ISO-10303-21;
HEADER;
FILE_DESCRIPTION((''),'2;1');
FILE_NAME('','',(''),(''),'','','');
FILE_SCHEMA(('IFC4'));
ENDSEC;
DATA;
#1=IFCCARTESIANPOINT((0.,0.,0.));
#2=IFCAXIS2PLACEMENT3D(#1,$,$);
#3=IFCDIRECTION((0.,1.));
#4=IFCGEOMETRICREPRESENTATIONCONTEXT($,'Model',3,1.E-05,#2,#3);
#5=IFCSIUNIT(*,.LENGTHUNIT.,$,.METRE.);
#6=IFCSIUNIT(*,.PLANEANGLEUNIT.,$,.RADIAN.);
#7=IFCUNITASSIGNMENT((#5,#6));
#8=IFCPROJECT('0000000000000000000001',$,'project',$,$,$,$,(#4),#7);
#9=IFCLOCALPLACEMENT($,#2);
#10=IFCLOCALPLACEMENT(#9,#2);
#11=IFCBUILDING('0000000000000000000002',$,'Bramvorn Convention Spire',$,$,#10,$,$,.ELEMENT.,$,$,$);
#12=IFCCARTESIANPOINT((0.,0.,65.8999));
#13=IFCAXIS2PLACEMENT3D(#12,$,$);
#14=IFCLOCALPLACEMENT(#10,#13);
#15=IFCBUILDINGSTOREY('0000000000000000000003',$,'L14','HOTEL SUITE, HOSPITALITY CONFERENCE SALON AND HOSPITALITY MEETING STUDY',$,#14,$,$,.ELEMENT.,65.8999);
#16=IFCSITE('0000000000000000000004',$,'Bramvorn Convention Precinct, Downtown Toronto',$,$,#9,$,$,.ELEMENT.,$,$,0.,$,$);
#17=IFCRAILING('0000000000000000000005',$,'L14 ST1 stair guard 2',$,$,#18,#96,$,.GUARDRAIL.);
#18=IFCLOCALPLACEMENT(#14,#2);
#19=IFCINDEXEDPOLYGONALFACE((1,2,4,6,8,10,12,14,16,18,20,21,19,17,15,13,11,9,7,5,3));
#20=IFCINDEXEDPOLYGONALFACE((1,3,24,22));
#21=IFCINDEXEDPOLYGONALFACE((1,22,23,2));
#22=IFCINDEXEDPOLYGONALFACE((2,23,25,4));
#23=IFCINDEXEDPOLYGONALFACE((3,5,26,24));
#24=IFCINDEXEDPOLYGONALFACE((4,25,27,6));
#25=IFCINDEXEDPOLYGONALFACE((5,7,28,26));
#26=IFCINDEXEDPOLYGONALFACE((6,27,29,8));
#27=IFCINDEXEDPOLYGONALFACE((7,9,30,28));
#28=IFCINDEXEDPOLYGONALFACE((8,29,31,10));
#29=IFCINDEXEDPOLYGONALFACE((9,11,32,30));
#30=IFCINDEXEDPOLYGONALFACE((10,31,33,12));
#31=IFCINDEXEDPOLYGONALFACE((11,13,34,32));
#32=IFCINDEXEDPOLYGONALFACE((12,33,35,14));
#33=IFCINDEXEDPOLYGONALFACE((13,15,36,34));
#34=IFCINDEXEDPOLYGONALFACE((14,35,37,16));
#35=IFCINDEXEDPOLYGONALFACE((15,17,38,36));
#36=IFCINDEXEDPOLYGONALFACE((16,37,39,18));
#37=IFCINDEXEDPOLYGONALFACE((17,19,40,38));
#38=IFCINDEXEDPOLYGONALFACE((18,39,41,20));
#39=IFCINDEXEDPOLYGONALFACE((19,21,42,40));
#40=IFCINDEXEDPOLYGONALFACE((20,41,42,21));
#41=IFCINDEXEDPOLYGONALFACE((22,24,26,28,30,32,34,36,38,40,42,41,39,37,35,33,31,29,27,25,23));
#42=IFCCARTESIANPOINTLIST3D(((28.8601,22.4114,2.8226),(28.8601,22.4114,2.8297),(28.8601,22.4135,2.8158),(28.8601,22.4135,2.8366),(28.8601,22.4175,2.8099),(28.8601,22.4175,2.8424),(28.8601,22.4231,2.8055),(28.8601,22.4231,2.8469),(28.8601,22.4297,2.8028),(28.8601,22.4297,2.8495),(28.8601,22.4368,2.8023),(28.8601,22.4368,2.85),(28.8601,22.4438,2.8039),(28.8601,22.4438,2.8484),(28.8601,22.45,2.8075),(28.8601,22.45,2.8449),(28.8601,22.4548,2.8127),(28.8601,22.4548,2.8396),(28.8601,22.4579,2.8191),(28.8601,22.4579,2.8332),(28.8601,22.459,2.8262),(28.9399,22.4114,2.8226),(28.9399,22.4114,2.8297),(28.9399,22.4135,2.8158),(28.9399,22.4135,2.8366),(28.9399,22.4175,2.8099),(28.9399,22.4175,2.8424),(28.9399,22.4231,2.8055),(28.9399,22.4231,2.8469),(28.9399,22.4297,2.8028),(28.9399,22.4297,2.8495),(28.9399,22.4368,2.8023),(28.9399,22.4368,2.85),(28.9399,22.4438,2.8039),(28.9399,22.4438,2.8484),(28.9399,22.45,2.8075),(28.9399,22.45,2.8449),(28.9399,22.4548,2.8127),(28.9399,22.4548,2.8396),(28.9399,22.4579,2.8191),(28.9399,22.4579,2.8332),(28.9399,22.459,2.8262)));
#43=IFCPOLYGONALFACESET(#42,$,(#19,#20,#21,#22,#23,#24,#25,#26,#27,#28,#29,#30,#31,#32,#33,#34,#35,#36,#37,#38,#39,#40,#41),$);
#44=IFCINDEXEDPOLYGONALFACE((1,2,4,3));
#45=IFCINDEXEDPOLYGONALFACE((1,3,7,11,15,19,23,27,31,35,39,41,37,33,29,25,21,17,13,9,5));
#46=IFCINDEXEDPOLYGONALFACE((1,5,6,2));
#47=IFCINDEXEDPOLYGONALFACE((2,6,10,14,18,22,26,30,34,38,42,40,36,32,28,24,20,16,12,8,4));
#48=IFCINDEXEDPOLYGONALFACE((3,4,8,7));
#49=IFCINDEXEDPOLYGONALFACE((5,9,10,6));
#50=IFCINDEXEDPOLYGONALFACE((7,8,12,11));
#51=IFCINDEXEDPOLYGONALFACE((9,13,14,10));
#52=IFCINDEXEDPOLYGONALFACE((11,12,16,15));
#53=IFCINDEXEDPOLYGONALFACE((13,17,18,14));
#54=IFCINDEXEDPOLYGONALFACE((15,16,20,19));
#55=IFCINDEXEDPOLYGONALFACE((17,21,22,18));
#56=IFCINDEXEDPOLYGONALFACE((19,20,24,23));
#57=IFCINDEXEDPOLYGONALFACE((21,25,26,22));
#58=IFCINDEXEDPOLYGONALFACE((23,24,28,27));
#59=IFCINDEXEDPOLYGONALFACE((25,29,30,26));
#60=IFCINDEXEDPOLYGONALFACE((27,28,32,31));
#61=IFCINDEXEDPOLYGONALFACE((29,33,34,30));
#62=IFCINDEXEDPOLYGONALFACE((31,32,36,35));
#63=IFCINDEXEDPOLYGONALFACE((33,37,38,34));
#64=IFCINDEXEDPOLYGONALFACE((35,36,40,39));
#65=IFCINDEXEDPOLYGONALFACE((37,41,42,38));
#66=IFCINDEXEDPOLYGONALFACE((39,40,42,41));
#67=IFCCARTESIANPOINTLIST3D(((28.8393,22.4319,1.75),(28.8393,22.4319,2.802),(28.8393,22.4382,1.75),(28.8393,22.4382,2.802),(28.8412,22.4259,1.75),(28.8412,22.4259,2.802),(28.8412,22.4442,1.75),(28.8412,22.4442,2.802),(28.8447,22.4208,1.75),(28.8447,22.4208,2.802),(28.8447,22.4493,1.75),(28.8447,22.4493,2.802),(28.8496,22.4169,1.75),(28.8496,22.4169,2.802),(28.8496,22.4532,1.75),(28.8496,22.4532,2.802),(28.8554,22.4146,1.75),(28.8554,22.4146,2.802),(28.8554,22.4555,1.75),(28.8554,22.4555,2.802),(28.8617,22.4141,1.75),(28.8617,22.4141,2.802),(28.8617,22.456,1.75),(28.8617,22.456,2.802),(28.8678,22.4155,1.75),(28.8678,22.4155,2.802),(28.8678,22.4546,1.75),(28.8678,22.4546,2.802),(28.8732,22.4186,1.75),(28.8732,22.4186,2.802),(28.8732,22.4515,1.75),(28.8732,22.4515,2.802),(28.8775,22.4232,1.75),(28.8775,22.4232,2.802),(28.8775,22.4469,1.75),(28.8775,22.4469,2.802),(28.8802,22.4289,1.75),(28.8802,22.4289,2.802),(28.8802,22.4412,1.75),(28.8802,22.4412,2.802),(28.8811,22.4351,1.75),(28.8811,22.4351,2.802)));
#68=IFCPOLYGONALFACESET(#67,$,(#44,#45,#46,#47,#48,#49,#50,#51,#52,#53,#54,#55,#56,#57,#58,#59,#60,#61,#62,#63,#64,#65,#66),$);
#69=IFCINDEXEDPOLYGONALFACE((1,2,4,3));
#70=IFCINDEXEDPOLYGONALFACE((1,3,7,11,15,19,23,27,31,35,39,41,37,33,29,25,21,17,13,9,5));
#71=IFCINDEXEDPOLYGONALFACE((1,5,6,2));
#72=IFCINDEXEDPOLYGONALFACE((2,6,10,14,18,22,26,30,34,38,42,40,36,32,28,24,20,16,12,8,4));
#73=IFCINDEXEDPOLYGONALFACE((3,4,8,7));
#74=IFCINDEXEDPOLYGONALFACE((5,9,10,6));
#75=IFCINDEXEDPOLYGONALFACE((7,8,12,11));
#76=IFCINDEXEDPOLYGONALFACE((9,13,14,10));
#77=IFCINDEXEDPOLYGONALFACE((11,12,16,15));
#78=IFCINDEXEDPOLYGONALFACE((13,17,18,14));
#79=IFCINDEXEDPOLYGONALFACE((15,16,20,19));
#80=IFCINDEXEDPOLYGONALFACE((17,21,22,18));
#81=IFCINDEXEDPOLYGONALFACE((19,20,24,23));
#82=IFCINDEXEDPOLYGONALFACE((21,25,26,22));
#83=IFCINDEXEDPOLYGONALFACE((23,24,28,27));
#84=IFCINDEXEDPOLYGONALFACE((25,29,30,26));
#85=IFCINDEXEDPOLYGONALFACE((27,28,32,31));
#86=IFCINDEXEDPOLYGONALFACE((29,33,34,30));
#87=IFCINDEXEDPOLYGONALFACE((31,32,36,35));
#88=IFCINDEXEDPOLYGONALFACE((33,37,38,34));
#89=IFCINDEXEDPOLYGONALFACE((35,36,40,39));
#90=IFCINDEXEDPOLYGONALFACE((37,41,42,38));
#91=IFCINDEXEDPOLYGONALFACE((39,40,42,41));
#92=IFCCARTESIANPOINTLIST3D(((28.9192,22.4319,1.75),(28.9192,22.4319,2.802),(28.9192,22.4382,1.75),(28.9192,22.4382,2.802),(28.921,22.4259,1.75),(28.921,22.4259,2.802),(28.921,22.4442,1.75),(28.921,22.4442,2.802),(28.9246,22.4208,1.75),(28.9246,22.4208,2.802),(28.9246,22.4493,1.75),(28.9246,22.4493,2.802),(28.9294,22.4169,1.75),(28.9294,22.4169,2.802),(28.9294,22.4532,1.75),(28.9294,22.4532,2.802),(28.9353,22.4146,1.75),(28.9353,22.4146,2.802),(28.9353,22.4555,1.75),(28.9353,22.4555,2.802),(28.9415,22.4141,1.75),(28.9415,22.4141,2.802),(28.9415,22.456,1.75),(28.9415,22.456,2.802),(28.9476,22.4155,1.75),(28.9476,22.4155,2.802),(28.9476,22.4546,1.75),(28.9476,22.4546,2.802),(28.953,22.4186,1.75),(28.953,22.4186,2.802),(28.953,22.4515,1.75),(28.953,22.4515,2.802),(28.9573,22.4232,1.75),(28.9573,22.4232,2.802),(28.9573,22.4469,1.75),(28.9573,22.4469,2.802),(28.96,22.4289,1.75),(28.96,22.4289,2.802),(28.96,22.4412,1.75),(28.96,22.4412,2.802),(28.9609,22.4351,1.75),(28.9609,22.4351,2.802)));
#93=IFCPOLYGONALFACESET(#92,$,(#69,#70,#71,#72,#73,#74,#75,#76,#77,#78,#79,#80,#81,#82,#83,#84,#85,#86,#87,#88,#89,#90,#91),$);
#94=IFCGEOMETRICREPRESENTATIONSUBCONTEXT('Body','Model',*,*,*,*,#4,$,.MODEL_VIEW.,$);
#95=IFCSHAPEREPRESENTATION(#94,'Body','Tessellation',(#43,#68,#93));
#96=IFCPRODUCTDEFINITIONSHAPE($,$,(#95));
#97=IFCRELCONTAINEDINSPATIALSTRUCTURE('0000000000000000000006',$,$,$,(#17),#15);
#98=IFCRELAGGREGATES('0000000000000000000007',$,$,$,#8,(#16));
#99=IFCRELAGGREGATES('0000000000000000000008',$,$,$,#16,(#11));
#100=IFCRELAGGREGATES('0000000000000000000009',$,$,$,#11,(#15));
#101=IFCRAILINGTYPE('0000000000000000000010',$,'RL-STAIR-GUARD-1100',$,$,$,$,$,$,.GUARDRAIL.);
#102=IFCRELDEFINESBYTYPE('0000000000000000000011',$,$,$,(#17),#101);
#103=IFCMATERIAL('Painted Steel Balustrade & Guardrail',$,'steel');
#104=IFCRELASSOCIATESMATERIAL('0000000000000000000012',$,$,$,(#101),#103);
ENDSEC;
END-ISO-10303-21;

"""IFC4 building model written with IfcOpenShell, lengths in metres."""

from ifc_helpers import new_model, si_unit, direction, frame, origin, origin_2d, place, context, subcontext, project, spatial, circle, extrude, material, type_object, element, save


model = new_model("IFC4")

# Units and contexts
model_context = context("Model", 3, precision=1e-05, world=origin(), true_north=direction((0.0, 1.0)))
body_context = subcontext(model_context, "Body", "Model", "MODEL_VIEW")
ifc_project = project(units=[si_unit("LENGTHUNIT", "METRE"), si_unit("PLANEANGLEUNIT", "RADIAN")], contexts=[model_context])

# Site, building, storey
site_placement = place(None, origin())
site = spatial("IfcSite", under=ifc_project, at=site_placement, Name="Bramvorn Convention Precinct, Downtown Toronto", CompositionType="ELEMENT", RefElevation=0.0)
building_placement = place(site_placement, origin())
building = spatial("IfcBuilding", under=site, at=building_placement, Name="Bramvorn Convention Spire", CompositionType="ELEMENT")
storey_placement = place(building_placement, frame((0.0, 0.0, 65.8999)))
storey = spatial("IfcBuildingStorey", under=building, at=storey_placement, Name="L14", Description="HOTEL SUITE, HOSPITALITY CONFERENCE SALON AND HOSPITALITY MEETING STUDY", CompositionType="ELEMENT", Elevation=65.8999)

# Railing
ifc_material_1 = material(Name="Painted Steel Balustrade & Guardrail", Category="steel")
railing_type_1 = type_object("IfcRailingType", Name="RL-STAIR-GUARD-1100", PredefinedType="GUARDRAIL", material=ifc_material_1)
railing_1_placement = place(storey_placement, frame((28.8601, 22.4351, 1.75)))
element("IfcRailing", 1, at=railing_1_placement, inside=storey, type_object=railing_type_1, Name="L14 ST1 stair guard 2", PredefinedType="GUARDRAIL", context=body_context, shape_type="SweptSolid", body=[
    extrude(circle(Radius=0.0239, at=origin_2d()), frame((0.0, 0.0, 1.0762), z_axis=(1.0, 0.0, 0.0), x_axis=(0.0, 1.0, 0.0)), (0.0, 0.0, 1.0), 0.0798),
    extrude(circle(Radius=0.021, at=origin_2d()), origin(), (0.0, 0.0, 1.0), 1.052),
    extrude(circle(Radius=0.021, at=origin_2d()), frame((0.0798, 0.0, 0.0)), (0.0, 0.0, 1.0), 1.052),
])

save(model, "model.ifc")
